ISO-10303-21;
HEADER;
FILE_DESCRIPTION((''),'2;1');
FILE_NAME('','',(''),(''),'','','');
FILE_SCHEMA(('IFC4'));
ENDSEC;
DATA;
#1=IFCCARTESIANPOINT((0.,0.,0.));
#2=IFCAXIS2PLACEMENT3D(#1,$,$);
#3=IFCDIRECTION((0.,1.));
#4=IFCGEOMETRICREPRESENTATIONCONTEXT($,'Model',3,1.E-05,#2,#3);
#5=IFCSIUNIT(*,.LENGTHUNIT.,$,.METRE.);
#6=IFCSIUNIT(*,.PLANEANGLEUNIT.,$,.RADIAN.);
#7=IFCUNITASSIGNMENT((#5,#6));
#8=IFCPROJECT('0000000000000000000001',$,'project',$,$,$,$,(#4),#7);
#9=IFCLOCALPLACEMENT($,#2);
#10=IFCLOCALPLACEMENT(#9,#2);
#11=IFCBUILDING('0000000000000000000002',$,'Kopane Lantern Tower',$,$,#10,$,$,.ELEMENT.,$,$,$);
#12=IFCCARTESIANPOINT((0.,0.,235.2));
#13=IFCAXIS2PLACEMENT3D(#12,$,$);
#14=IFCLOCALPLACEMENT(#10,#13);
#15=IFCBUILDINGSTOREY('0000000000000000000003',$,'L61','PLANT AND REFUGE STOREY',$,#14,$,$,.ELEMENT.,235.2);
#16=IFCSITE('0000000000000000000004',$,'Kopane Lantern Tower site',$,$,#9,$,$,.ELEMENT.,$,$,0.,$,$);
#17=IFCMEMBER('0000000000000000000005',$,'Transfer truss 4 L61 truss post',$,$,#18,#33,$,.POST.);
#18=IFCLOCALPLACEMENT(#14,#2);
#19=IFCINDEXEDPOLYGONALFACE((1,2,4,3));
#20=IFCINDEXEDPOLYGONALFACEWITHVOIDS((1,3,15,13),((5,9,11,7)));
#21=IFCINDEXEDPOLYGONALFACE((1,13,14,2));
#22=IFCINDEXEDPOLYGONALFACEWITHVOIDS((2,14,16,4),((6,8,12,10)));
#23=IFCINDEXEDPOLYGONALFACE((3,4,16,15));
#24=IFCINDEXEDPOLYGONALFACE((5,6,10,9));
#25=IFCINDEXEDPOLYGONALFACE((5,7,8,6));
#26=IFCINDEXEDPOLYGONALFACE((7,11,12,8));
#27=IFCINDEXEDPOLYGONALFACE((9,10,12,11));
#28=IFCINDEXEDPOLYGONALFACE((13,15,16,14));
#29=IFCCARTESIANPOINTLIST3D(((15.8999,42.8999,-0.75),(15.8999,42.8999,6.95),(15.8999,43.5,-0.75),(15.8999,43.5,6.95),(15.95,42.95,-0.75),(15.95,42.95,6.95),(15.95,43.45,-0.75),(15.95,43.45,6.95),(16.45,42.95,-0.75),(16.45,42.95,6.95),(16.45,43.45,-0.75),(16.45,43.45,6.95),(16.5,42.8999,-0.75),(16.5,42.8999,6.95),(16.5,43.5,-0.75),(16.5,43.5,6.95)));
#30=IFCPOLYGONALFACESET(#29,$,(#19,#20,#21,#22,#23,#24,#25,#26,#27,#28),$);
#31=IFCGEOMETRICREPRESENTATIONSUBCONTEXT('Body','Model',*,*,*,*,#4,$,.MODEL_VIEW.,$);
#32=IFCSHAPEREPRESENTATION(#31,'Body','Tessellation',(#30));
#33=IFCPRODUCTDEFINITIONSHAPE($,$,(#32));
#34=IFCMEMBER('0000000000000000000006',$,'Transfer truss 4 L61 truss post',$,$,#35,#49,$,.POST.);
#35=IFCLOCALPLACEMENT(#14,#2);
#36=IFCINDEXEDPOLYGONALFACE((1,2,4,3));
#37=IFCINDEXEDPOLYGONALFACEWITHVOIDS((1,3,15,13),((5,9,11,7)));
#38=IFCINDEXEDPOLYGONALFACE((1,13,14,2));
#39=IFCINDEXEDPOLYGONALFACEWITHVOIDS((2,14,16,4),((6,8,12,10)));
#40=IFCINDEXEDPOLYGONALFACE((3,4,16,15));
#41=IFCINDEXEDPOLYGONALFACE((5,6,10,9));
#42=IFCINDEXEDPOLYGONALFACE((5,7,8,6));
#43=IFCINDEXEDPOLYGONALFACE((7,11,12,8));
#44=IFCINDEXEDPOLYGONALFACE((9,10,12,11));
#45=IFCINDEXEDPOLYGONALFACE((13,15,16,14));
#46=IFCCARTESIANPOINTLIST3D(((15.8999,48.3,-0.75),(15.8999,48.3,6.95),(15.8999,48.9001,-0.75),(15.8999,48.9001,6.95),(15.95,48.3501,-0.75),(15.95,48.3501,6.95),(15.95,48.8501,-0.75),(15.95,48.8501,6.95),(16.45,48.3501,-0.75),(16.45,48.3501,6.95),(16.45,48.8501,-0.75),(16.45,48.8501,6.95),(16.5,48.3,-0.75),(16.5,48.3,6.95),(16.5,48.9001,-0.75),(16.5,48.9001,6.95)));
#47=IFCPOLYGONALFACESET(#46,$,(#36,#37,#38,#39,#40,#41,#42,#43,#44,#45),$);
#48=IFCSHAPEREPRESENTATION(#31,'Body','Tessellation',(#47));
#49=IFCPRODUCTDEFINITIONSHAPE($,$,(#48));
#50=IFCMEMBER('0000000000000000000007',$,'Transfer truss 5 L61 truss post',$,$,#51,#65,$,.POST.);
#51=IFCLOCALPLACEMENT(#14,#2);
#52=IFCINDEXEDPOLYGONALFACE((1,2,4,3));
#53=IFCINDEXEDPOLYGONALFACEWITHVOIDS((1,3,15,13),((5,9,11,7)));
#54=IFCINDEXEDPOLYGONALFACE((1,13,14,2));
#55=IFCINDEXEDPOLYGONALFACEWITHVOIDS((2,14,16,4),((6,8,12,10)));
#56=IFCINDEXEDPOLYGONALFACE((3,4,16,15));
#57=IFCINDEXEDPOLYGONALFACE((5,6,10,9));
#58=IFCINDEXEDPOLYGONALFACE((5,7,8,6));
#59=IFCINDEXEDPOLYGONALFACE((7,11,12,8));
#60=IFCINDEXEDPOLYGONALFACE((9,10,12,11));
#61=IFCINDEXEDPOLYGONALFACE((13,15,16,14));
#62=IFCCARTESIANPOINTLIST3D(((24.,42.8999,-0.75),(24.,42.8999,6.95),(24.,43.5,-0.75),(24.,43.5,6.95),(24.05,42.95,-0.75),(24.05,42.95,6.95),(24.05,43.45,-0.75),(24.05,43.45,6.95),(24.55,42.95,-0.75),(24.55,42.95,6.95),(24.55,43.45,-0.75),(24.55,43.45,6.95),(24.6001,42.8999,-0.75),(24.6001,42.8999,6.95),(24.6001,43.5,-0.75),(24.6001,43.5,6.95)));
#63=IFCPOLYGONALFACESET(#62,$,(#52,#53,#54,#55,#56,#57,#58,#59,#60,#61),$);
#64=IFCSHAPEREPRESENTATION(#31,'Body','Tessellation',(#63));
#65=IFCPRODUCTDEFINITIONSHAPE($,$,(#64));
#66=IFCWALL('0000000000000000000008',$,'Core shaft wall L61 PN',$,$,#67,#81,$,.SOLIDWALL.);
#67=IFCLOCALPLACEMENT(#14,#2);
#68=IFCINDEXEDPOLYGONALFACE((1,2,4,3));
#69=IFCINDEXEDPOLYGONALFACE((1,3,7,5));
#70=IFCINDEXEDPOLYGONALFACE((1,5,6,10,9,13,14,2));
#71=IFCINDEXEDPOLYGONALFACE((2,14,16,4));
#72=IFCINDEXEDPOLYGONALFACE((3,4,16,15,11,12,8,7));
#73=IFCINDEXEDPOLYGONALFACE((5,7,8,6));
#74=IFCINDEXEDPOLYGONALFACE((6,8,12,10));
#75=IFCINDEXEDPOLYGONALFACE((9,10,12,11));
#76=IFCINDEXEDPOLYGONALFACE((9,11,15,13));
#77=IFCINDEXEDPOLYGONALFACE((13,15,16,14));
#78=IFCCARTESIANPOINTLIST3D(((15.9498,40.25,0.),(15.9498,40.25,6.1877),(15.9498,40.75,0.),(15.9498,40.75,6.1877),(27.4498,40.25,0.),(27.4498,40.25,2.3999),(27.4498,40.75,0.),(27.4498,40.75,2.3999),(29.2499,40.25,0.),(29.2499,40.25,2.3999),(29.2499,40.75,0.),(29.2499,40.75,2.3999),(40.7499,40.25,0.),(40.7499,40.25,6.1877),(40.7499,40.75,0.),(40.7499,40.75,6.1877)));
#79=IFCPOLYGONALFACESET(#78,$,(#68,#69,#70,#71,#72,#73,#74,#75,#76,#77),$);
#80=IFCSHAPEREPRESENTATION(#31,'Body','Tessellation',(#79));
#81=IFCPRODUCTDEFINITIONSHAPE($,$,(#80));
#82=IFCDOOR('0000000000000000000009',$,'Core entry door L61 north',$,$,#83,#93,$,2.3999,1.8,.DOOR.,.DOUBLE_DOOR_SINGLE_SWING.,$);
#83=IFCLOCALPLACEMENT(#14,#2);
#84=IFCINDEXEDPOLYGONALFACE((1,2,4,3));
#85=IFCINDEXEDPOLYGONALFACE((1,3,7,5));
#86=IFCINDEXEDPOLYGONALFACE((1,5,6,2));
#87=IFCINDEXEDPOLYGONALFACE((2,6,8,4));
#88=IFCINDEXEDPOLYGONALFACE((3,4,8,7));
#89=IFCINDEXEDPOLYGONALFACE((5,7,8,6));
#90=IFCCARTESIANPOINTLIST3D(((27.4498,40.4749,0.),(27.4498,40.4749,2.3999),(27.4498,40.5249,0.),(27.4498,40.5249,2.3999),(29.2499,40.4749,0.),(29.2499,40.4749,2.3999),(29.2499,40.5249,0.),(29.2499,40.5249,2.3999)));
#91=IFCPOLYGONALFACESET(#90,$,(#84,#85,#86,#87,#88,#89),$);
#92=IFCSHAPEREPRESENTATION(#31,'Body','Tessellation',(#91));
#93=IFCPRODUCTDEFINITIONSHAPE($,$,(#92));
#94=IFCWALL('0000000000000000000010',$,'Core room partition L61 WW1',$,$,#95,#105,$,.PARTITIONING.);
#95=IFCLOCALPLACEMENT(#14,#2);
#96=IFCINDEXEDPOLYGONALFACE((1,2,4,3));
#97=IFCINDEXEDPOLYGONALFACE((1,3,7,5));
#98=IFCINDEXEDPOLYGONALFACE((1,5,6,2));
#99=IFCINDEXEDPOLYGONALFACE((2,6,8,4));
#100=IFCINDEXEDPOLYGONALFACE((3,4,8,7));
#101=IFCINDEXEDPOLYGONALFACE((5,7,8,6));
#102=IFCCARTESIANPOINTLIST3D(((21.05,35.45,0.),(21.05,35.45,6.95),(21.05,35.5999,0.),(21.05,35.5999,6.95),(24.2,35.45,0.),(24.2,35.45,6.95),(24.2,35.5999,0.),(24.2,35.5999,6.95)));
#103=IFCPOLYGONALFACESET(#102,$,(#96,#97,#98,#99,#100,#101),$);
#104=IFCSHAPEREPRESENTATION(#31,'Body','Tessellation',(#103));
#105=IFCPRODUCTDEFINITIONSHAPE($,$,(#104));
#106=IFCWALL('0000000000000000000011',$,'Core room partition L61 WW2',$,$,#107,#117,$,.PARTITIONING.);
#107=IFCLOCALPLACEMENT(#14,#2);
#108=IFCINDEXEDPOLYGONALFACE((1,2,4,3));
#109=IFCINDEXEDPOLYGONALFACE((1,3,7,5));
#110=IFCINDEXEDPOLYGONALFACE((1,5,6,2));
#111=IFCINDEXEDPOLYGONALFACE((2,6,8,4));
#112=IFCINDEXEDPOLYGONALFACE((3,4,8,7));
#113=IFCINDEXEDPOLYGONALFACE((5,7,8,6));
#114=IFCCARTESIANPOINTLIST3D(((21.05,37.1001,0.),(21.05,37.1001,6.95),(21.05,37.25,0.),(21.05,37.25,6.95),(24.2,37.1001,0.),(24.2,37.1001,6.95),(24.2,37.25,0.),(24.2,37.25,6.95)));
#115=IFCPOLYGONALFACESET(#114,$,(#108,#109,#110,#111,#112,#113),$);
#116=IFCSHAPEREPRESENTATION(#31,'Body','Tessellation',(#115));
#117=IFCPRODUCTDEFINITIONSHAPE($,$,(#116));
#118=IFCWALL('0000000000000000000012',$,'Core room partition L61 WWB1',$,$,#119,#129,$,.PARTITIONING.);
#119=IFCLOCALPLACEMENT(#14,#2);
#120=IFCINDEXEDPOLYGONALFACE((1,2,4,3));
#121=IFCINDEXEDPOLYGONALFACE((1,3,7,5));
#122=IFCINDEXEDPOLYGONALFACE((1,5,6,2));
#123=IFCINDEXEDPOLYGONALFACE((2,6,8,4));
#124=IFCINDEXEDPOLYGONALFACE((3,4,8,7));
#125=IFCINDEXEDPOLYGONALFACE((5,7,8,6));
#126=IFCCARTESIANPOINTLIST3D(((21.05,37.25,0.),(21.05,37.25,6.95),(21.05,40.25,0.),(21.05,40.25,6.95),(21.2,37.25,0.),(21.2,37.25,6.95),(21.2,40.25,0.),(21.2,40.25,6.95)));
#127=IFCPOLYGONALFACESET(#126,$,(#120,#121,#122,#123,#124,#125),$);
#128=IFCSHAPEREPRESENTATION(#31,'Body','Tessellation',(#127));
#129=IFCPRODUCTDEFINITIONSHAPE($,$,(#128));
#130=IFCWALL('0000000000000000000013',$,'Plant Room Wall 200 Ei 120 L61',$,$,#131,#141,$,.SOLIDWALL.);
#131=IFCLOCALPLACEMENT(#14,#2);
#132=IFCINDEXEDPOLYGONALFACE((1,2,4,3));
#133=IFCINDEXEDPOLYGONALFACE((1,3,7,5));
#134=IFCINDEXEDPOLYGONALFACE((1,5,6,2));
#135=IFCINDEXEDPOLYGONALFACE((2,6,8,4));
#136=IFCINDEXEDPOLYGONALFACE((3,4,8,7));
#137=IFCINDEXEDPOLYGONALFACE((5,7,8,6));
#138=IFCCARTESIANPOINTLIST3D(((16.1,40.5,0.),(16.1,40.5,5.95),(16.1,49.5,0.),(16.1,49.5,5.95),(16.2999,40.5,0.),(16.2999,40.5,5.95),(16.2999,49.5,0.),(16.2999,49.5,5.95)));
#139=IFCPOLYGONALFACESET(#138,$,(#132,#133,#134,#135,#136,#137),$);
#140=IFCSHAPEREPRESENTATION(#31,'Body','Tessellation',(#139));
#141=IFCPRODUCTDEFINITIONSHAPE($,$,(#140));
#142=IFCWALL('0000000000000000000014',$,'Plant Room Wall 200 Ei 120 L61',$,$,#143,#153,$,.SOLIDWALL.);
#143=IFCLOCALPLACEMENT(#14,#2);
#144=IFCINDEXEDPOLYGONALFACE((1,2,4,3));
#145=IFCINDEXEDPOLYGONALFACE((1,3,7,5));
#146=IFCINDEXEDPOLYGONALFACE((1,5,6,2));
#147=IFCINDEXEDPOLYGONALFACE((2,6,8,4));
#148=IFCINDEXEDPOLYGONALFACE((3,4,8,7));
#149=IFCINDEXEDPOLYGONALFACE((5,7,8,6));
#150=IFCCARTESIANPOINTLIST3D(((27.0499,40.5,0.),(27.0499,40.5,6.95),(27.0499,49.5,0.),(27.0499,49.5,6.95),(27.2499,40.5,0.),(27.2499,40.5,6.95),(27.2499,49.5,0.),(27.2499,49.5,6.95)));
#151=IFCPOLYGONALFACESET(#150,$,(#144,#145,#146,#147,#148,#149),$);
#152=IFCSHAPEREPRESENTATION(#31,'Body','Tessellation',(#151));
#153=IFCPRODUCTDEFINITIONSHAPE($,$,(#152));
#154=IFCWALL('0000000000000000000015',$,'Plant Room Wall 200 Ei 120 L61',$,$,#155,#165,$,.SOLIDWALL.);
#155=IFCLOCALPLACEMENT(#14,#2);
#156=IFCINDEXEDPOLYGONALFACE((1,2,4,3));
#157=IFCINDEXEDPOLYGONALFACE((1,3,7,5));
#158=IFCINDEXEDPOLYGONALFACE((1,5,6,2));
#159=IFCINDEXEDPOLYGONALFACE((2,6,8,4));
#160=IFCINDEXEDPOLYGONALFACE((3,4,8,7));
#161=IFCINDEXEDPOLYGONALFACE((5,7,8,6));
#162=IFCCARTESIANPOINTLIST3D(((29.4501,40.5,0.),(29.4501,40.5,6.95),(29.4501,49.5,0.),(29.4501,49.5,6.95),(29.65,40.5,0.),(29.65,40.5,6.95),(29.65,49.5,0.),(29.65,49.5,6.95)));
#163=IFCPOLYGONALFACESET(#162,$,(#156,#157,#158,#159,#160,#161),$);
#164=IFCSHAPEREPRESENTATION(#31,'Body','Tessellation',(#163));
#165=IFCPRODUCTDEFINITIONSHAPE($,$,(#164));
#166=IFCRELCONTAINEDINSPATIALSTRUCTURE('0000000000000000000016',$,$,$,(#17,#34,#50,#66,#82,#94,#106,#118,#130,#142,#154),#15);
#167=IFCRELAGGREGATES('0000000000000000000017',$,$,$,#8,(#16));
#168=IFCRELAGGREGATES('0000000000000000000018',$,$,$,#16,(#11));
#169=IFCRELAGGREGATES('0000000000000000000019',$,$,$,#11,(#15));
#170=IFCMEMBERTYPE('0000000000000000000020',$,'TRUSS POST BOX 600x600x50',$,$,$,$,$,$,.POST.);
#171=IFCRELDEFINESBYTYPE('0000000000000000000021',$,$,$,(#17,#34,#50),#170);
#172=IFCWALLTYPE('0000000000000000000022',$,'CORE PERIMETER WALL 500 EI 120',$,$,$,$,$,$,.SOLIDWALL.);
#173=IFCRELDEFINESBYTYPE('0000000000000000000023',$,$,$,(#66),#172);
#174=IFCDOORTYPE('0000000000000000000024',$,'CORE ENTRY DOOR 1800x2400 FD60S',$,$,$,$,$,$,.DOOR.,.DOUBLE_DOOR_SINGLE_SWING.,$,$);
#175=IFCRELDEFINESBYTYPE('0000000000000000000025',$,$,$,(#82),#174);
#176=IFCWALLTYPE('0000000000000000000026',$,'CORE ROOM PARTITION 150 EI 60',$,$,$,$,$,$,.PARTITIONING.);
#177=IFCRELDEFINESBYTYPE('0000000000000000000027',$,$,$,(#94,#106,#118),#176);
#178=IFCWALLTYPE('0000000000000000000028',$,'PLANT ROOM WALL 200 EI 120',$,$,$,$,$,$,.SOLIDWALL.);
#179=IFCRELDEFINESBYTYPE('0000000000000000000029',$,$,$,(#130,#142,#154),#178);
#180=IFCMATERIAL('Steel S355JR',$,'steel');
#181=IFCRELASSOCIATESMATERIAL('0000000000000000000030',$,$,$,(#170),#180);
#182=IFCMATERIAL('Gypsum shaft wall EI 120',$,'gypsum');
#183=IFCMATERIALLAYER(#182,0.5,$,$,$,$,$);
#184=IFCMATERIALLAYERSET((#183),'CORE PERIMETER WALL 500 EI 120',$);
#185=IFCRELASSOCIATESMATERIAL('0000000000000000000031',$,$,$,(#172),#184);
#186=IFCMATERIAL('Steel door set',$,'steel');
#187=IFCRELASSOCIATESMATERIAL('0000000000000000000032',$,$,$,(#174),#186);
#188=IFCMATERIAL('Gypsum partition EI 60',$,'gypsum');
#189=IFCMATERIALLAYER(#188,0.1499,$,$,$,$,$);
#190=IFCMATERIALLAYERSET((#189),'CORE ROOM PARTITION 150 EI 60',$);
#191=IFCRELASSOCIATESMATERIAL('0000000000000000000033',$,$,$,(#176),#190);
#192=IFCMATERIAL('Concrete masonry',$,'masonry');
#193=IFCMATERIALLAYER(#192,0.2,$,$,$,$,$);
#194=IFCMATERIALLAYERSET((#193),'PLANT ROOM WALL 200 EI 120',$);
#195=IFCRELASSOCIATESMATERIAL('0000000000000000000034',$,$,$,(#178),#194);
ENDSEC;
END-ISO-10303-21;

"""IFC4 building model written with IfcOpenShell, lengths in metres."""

from ifc_helpers import new_model, si_unit, direction, frame, frame_2d, origin, origin_2d, place, context, subcontext, project, spatial, rectangle, hollow_rectangle, extrude, material, layer, layer_set, material_profile, profile_set, type_object, element, fill, save


model = new_model("IFC4")

# Units and contexts
model_context = context("Model", 3, precision=1e-05, world=origin(), true_north=direction((0.0, 1.0)))
body_context = subcontext(model_context, "Body", "Model", "MODEL_VIEW")
ifc_project = project(units=[si_unit("LENGTHUNIT", "METRE"), si_unit("PLANEANGLEUNIT", "RADIAN")], contexts=[model_context])

# Site, building, storey
site_placement = place(None, origin())
site = spatial("IfcSite", under=ifc_project, at=site_placement, Name="Kopane Lantern Tower site", CompositionType="ELEMENT", RefElevation=0.0)
building_placement = place(site_placement, origin())
building = spatial("IfcBuilding", under=site, at=building_placement, Name="Kopane Lantern Tower", CompositionType="ELEMENT")
storey_placement = place(building_placement, frame((0.0, 0.0, 235.2)))
storey = spatial("IfcBuildingStorey", under=building, at=storey_placement, Name="L61", Description="PLANT AND REFUGE STOREY", CompositionType="ELEMENT", Elevation=235.2)

# Members
ifc_material_1 = material(Name="Steel S355JR", Category="steel")
ifc_material_profile_1 = material_profile(ifc_material_1, hollow_rectangle(XDim=0.6001, YDim=0.6001, WallThickness=0.05, at=origin_2d()), Name="BOX 600x600x50")
ifc_profile_set_1 = profile_set([ifc_material_profile_1], Name="Steel S355JR")
member_type_1 = type_object("IfcMemberType", Name="TRUSS POST BOX 600x600x50", PredefinedType="POST", material=ifc_profile_set_1)
for number, where, z_axis, x_axis, name in (
    (1, (16.2, 43.2, -0.75), (0.0, 0.0, 1.0), (1.0, 0.0, 0.0), "Transfer truss 4 L61 truss post"),
    (2, (16.2, 48.6001, -0.75), (0.0, 0.0, 1.0), (1.0, 0.0, 0.0), "Transfer truss 4 L61 truss post"),
    (3, (24.3, 43.2, -0.75), (0.0, 0.0, 1.0), (1.0, 0.0, 0.0), "Transfer truss 5 L61 truss post"),
):
    element("IfcMember", number, at=place(storey_placement, frame(where, z_axis=z_axis, x_axis=x_axis)), inside=storey, type_object=member_type_1, Name=name, PredefinedType="POST", context=body_context, shape_type="SweptSolid", body=[
        extrude(hollow_rectangle(XDim=0.6001, YDim=0.6001, WallThickness=0.05, at=origin_2d()), origin(), (0.0, 0.0, 1.0), 7.7),
    ])

# Wall, opening, door
ifc_material_2 = material(Name="Gypsum shaft wall EI 120", Category="gypsum")
ifc_layer_1 = layer(ifc_material_2, 0.5)
ifc_layer_set_1 = layer_set([ifc_layer_1], Name="CORE PERIMETER WALL 500 EI 120")
wall_type_1 = type_object("IfcWallType", Name="CORE PERIMETER WALL 500 EI 120", PredefinedType="SOLIDWALL", material=ifc_layer_set_1)
wall_1_placement = place(storey_placement, frame((15.95, 40.5, 0.0), z_axis=(0.0, 0.0, 1.0), x_axis=(1.0, 0.0, 0.0)))
wall_1 = element("IfcWall", 4, at=wall_1_placement, inside=storey, type_object=wall_type_1, Name="Core shaft wall L61 PN", PredefinedType="SOLIDWALL", context=body_context, shape_type="SweptSolid", body=[
    extrude(rectangle(XDim=24.8, YDim=0.5, at=frame_2d((12.3999, 0.0))), origin(), (0.0, 0.0, 1.0), 6.1877),
])
opening_placement = place(wall_1_placement, frame((11.5, 0.0, 0.0)))
opening = element("IfcOpeningElement", 5, at=opening_placement, cuts=wall_1, PredefinedType="OPENING", context=body_context, shape_type="SweptSolid", body=[
    extrude(rectangle(XDim=1.8, YDim=2.3999, at=frame_2d((0.8999, 1.2))), frame((0.0, 0.26, 0.0), z_axis=(0.0, -1.0, 0.0), x_axis=(1.0, 0.0, 0.0)), (0.0, 0.0, 1.0), 0.52),
])
ifc_material_3 = material(Name="Steel door set", Category="steel")
door_type = type_object("IfcDoorType", Name="CORE ENTRY DOOR 1800x2400 FD60S", OperationType="DOUBLE_DOOR_SINGLE_SWING", PredefinedType="DOOR", material=ifc_material_3)
door_placement = place(opening_placement, origin())
door = element("IfcDoor", 6, at=door_placement, inside=storey, type_object=door_type, Name="Core entry door L61 north", OperationType="DOUBLE_DOOR_SINGLE_SWING", OverallHeight=2.3999, OverallWidth=1.8, PredefinedType="DOOR", context=body_context, shape_type="SweptSolid", body=[
    extrude(rectangle(XDim=1.8, YDim=2.3999, at=frame_2d((0.8999, 1.2))), frame((0.0, 0.0249, 0.0), z_axis=(0.0, -1.0, 0.0), x_axis=(1.0, 0.0, 0.0)), (0.0, 0.0, 1.0), 0.05),
])
fill(opening, door)

# Walls
ifc_material_4 = material(Name="Gypsum partition EI 60", Category="gypsum")
ifc_layer_2 = layer(ifc_material_4, 0.1499)
ifc_layer_set_2 = layer_set([ifc_layer_2], Name="CORE ROOM PARTITION 150 EI 60")
wall_type_2 = type_object("IfcWallType", Name="CORE ROOM PARTITION 150 EI 60", PredefinedType="PARTITIONING", material=ifc_layer_set_2)
for number, where, z_axis, x_axis, name in (
    (7, (21.05, 35.5249, 0.0), (0.0, 0.0, 1.0), (1.0, 0.0, 0.0), "Core room partition L61 WW1"),
    (8, (21.05, 37.175, 0.0), (0.0, 0.0, 1.0), (1.0, 0.0, 0.0), "Core room partition L61 WW2"),
):
    element("IfcWall", number, at=place(storey_placement, frame(where, z_axis=z_axis, x_axis=x_axis)), inside=storey, type_object=wall_type_2, Name=name, PredefinedType="PARTITIONING", context=body_context, shape_type="SweptSolid", body=[
        extrude(rectangle(XDim=3.1499, YDim=0.1499, at=frame_2d((1.575, 0.0))), origin(), (0.0, 0.0, 1.0), 6.95),
    ])
wall_2_placement = place(storey_placement, frame((21.125, 37.25, 0.0), z_axis=(0.0, 0.0, 1.0), x_axis=(0.0, 1.0, 0.0)))
element("IfcWall", 9, at=wall_2_placement, inside=storey, type_object=wall_type_2, Name="Core room partition L61 WWB1", PredefinedType="PARTITIONING", context=body_context, shape_type="SweptSolid", body=[
    extrude(rectangle(XDim=3.0, YDim=0.1499, at=frame_2d((1.5, 0.0))), origin(), (0.0, 0.0, 1.0), 6.95),
])
ifc_material_5 = material(Name="Concrete masonry", Category="masonry")
ifc_layer_3 = layer(ifc_material_5, 0.2)
ifc_layer_set_3 = layer_set([ifc_layer_3], Name="PLANT ROOM WALL 200 EI 120")
wall_type_3 = type_object("IfcWallType", Name="PLANT ROOM WALL 200 EI 120", PredefinedType="SOLIDWALL", material=ifc_layer_set_3)
wall_3_placement = place(storey_placement, frame((16.2, 40.5, 0.0), z_axis=(0.0, 0.0, 1.0), x_axis=(0.0, 1.0, 0.0)))
element("IfcWall", 10, at=wall_3_placement, inside=storey, type_object=wall_type_3, Name="Plant Room Wall 200 Ei 120 L61", PredefinedType="SOLIDWALL", context=body_context, shape_type="SweptSolid", body=[
    extrude(rectangle(XDim=9.0, YDim=0.2, at=frame_2d((4.5, 0.0))), origin(), (0.0, 0.0, 1.0), 5.95),
])
for number, where, z_axis, x_axis, name in (
    (11, (27.1499, 40.5, 0.0), (0.0, 0.0, 1.0), (0.0, 1.0, 0.0), "Plant Room Wall 200 Ei 120 L61"),
    (12, (29.55, 40.5, 0.0), (0.0, 0.0, 1.0), (0.0, 1.0, 0.0), "Plant Room Wall 200 Ei 120 L61"),
):
    element("IfcWall", number, at=place(storey_placement, frame(where, z_axis=z_axis, x_axis=x_axis)), inside=storey, type_object=wall_type_3, Name=name, PredefinedType="SOLIDWALL", context=body_context, shape_type="SweptSolid", body=[
        extrude(rectangle(XDim=9.0, YDim=0.2, at=frame_2d((4.5, 0.0))), origin(), (0.0, 0.0, 1.0), 6.95),
    ])

save(model, "model.ifc")
